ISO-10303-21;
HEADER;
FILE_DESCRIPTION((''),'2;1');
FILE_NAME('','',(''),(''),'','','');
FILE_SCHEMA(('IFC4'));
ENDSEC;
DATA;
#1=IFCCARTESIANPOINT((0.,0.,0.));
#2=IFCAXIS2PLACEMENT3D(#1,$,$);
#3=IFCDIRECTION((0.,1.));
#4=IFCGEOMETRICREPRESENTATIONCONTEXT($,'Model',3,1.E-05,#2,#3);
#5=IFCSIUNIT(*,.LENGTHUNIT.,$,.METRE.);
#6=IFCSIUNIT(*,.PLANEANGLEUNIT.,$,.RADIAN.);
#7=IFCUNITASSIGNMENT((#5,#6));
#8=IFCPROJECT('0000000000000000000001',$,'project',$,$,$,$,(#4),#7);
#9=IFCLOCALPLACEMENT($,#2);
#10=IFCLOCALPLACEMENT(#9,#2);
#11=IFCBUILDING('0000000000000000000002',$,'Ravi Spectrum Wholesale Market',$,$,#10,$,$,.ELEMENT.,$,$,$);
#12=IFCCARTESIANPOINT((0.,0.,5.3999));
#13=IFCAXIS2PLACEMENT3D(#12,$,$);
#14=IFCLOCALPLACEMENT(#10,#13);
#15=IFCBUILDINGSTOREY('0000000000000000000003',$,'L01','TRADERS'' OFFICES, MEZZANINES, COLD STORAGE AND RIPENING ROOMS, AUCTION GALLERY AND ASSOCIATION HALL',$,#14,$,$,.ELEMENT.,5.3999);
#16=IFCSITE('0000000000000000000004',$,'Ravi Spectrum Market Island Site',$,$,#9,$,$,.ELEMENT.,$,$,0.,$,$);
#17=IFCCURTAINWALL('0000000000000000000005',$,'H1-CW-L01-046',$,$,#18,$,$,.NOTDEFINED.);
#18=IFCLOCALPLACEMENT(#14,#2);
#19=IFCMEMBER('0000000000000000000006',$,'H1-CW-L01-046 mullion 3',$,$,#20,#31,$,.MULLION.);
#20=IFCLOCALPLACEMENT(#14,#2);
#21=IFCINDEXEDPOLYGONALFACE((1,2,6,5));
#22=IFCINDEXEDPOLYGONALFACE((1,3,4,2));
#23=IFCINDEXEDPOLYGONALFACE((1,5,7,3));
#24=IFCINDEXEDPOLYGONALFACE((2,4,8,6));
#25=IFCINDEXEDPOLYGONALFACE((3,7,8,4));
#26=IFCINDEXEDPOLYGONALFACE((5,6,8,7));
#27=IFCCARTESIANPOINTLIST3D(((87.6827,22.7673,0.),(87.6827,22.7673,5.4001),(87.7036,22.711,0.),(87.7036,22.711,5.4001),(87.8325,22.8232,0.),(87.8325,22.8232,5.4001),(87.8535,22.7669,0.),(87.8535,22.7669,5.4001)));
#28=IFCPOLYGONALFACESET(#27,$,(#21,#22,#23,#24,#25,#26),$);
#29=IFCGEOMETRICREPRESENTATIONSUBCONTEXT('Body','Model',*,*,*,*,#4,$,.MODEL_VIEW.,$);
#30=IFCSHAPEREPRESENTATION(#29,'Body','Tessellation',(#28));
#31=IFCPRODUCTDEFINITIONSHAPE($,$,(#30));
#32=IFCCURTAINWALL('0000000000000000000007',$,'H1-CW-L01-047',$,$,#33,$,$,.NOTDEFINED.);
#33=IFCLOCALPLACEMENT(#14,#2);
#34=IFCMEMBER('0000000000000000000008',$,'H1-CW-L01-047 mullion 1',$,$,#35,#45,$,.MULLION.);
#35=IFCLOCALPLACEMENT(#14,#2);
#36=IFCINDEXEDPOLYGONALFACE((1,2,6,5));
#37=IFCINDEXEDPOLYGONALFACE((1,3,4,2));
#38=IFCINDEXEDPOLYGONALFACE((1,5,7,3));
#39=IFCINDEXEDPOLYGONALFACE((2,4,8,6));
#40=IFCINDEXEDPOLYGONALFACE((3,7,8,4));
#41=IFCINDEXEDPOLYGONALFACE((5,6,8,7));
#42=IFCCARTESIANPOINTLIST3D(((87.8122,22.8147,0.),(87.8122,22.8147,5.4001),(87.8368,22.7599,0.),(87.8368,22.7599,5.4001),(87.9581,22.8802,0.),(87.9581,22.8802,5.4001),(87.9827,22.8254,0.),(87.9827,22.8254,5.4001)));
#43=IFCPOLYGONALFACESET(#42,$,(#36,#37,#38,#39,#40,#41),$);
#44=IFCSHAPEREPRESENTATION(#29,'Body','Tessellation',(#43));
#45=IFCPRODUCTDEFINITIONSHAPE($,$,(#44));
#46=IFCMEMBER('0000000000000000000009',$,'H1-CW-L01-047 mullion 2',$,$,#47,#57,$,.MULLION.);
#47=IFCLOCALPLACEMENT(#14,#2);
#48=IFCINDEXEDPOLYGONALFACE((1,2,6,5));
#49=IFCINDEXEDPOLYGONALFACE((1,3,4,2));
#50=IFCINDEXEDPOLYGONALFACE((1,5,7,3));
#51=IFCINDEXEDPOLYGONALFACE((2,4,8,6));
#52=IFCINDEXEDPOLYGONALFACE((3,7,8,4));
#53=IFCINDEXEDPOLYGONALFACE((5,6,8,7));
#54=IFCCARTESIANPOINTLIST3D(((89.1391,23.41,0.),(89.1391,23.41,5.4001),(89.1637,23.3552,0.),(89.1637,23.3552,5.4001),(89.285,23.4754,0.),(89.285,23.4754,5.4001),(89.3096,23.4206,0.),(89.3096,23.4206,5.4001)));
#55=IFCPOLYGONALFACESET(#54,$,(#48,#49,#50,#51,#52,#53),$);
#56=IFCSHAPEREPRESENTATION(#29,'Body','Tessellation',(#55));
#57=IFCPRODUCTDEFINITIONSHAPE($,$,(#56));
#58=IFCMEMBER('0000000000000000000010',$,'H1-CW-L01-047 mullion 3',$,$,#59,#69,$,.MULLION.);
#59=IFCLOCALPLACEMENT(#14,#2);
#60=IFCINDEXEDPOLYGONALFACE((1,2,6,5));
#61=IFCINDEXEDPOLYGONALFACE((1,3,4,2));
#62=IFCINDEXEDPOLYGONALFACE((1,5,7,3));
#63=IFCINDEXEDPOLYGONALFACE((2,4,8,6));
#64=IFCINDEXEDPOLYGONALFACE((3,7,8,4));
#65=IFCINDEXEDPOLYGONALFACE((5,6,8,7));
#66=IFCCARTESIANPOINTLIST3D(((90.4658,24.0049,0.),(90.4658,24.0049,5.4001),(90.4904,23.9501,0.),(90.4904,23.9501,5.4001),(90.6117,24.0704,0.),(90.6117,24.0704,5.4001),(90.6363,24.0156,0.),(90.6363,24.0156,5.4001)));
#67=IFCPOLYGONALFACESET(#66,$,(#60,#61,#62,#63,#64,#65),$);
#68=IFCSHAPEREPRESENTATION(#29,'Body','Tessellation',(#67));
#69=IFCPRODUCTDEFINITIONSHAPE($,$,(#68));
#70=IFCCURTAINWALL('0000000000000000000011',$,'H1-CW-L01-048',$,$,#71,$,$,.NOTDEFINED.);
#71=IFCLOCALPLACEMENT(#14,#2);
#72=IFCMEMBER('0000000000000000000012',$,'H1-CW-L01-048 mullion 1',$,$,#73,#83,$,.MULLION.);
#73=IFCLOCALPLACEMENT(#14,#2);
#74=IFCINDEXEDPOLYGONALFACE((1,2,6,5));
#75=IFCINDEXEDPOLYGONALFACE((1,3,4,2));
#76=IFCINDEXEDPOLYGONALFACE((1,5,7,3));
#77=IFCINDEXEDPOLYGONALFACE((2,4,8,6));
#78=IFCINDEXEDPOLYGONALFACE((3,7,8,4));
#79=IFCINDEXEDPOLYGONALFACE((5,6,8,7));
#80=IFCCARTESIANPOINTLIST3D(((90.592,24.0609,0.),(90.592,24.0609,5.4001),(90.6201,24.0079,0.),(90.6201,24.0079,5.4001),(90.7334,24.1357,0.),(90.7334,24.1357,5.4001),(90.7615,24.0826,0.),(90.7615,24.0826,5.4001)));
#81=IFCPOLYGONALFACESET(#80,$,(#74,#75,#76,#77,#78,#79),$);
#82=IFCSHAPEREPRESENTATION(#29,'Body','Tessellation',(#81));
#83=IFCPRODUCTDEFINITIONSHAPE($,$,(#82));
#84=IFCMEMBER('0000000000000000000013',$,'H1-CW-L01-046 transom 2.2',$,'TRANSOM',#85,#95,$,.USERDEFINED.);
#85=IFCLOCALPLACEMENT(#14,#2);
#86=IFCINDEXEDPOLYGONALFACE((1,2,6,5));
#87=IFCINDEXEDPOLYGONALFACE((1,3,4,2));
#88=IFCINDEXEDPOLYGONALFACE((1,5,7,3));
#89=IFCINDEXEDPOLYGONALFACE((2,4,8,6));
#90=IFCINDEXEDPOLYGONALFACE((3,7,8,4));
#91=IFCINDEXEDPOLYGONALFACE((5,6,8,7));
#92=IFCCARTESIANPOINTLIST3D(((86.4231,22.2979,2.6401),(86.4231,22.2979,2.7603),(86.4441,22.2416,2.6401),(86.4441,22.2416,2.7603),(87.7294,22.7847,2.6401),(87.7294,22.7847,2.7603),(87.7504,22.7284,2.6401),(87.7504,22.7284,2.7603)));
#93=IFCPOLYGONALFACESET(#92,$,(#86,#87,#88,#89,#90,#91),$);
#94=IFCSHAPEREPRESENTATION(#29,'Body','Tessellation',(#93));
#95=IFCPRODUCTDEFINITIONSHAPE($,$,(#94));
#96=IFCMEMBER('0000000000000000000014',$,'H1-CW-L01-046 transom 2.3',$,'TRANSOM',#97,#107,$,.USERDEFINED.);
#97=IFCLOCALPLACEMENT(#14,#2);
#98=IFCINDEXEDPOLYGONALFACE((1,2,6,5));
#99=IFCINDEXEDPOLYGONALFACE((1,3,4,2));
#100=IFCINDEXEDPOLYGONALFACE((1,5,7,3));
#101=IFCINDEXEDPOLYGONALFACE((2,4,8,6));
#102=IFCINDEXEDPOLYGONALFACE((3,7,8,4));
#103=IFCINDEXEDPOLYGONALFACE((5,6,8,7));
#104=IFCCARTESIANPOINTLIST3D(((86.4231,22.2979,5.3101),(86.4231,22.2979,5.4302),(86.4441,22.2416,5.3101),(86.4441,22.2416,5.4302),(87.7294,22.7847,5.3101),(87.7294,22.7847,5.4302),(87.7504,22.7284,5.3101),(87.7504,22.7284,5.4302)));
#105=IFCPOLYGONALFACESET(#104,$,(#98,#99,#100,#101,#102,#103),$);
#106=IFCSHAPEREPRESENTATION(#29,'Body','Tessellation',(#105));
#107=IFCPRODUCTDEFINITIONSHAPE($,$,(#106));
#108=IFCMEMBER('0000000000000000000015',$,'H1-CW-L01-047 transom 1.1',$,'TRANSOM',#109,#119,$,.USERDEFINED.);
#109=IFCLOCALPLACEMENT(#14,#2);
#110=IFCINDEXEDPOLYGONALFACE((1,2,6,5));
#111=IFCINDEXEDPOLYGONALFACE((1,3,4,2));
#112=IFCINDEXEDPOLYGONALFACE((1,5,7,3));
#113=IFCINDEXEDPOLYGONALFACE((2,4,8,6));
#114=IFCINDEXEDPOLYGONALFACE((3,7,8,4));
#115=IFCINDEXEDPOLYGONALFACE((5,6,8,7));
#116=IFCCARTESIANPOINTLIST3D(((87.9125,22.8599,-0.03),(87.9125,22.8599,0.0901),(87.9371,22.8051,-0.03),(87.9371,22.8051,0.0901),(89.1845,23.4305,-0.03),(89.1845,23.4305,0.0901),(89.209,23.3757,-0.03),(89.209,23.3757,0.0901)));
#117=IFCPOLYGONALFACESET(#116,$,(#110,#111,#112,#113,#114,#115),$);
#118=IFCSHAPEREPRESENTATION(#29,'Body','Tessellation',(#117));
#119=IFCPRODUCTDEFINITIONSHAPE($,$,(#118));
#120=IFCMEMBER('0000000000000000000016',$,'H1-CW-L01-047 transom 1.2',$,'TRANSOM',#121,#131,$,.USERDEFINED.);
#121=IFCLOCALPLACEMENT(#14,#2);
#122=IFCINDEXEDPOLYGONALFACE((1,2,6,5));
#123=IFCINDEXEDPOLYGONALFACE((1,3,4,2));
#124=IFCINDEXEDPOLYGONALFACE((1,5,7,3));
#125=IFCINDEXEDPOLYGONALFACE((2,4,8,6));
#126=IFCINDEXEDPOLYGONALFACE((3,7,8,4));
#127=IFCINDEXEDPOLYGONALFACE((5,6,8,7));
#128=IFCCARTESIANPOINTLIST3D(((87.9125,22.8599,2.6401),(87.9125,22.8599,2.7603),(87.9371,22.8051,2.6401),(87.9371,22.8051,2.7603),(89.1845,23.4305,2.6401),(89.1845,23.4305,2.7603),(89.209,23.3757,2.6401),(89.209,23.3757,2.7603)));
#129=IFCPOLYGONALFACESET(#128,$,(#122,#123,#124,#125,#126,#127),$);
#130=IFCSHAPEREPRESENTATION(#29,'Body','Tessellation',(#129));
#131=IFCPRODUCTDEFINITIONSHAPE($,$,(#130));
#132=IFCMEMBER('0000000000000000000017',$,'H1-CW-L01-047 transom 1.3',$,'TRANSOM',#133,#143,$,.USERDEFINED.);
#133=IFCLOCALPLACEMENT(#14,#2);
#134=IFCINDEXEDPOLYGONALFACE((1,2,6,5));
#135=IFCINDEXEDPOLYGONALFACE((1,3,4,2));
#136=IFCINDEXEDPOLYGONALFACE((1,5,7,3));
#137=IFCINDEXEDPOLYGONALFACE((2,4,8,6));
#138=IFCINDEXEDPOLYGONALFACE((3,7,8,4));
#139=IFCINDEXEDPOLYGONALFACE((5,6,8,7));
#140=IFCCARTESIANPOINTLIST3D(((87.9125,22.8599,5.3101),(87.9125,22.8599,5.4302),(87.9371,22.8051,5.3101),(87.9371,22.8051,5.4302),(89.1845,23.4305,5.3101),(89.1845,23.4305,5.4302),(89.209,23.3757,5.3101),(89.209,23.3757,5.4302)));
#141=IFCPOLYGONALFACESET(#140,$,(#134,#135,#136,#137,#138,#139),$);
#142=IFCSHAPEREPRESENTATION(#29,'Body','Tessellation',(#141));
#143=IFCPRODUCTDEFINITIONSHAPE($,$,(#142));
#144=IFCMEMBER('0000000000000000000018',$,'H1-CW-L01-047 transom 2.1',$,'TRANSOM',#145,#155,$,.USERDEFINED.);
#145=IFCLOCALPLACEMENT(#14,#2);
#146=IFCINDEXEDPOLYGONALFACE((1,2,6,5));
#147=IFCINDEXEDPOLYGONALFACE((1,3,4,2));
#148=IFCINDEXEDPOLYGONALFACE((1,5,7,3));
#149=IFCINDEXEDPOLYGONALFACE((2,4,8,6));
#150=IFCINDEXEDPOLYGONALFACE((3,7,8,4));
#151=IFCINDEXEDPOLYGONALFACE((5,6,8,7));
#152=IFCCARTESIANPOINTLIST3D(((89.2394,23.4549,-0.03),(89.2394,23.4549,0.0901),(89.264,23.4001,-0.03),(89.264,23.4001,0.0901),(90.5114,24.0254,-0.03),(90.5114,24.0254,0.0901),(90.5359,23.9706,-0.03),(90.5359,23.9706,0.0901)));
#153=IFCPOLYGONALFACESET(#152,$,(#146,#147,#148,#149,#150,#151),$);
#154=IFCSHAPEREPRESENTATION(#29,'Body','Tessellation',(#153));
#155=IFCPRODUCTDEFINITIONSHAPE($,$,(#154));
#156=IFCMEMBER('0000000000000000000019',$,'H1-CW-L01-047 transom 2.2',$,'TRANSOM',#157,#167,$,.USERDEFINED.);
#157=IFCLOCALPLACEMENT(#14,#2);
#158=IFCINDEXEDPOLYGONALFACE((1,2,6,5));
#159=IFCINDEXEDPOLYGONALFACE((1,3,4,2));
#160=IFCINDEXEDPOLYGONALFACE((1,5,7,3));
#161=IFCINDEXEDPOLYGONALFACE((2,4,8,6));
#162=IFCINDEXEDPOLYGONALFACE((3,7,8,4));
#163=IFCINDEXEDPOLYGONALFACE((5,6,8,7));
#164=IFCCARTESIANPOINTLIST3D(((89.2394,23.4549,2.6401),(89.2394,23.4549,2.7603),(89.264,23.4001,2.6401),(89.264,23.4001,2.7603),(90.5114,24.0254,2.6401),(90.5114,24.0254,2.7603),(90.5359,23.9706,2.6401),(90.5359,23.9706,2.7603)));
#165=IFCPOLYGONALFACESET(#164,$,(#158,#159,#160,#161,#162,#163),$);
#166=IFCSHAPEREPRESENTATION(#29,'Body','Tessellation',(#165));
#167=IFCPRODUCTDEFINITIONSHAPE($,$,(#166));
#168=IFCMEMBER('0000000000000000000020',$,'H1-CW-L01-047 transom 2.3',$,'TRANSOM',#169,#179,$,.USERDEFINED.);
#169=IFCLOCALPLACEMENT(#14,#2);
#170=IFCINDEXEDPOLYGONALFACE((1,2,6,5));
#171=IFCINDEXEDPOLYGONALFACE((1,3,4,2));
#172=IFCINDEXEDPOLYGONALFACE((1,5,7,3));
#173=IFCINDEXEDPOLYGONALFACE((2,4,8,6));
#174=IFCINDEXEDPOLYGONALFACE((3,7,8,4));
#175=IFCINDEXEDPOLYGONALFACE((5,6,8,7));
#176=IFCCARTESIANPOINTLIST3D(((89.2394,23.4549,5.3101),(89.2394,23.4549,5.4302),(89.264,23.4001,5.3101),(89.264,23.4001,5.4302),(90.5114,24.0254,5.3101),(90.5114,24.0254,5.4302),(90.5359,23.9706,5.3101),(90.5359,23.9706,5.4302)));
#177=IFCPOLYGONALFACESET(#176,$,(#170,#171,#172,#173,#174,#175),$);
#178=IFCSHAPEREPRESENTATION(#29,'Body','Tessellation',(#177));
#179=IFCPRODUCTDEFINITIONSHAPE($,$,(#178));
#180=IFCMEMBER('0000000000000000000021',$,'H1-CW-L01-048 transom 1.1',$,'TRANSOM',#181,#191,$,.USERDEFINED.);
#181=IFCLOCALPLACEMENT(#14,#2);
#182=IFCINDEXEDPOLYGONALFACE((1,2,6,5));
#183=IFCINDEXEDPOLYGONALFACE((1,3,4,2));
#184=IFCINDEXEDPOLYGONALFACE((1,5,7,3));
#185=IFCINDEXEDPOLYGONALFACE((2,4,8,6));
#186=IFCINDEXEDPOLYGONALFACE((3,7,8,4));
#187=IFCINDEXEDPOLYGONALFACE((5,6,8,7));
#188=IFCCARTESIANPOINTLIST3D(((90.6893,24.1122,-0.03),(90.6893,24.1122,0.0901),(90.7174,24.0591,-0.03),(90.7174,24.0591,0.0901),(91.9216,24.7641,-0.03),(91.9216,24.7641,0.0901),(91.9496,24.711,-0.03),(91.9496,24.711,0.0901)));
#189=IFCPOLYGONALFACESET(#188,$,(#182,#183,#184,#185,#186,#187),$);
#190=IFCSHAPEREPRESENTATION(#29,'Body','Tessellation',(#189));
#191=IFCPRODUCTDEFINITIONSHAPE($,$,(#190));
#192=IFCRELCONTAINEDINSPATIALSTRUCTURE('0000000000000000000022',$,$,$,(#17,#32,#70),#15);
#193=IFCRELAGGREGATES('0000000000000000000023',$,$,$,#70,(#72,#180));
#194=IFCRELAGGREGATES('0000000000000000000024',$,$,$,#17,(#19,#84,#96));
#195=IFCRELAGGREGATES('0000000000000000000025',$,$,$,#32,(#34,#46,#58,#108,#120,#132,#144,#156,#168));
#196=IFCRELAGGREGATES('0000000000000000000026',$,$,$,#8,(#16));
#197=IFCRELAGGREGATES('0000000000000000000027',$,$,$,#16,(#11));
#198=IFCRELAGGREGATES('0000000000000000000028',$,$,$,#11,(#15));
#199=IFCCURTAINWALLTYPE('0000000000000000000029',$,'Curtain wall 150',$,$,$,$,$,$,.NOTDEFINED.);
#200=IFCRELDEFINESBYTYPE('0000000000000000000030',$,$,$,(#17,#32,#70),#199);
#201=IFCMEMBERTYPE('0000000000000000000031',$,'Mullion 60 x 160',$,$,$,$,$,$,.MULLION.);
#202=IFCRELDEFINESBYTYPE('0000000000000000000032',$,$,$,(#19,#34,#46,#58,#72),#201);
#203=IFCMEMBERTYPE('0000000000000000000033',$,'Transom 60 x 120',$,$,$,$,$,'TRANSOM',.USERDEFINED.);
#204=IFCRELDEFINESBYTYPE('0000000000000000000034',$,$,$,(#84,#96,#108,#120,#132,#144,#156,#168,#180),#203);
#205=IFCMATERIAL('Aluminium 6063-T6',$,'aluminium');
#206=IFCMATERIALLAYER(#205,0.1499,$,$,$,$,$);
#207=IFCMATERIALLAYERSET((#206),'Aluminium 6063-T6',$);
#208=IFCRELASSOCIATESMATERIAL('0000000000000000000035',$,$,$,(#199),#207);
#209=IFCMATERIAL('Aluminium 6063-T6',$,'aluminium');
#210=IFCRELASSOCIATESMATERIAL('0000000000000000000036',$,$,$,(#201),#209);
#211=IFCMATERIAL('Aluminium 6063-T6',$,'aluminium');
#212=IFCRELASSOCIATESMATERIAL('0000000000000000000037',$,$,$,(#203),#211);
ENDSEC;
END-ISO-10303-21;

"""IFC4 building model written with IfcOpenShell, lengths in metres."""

from ifc_helpers import new_model, si_unit, direction, frame, origin, origin_2d, place, context, subcontext, project, spatial, rectangle, extrude, material, layer, layer_set, material_profile, profile_set, type_object, element, aggregate, save


model = new_model("IFC4")

# Units and contexts
model_context = context("Model", 3, precision=1e-05, world=origin(), true_north=direction((0.0, 1.0)))
body_context = subcontext(model_context, "Body", "Model", "MODEL_VIEW")
ifc_project = project(units=[si_unit("LENGTHUNIT", "METRE"), si_unit("PLANEANGLEUNIT", "RADIAN")], contexts=[model_context])

# Site, building, storey
site_placement = place(None, origin())
site = spatial("IfcSite", under=ifc_project, at=site_placement, Name="Ravi Spectrum Market Island Site", CompositionType="ELEMENT", RefElevation=0.0)
building_placement = place(site_placement, origin())
building = spatial("IfcBuilding", under=site, at=building_placement, Name="Ravi Spectrum Wholesale Market", CompositionType="ELEMENT")
storey_placement = place(building_placement, frame((0.0, 0.0, 5.3999)))
storey = spatial("IfcBuildingStorey", under=building, at=storey_placement, Name="L01", Description="TRADERS' OFFICES, MEZZANINES, COLD STORAGE AND RIPENING ROOMS, AUCTION GALLERY AND ASSOCIATION HALL", CompositionType="ELEMENT", Elevation=5.3999)

# Curtain wall, member
ifc_material_1 = material(Name="Aluminium 6063-T6", Category="aluminium")
ifc_layer_1 = layer(ifc_material_1, 0.1499)
ifc_layer_set_1 = layer_set([ifc_layer_1], Name="Aluminium 6063-T6")
curtain_wall_type = type_object("IfcCurtainWallType", Name="Curtain wall 150", PredefinedType="NOTDEFINED", material=ifc_layer_set_1)
curtain_wall_1_placement = place(storey_placement, origin())
curtain_wall_1 = element("IfcCurtainWall", 1, at=curtain_wall_1_placement, inside=storey, type_object=curtain_wall_type, Name="H1-CW-L01-046", PredefinedType="NOTDEFINED")
ifc_material_2 = material(Name="Aluminium 6063-T6", Category="aluminium")
ifc_material_profile_1 = material_profile(ifc_material_2, rectangle(XDim=0.0601, YDim=0.1599, at=origin_2d()))
ifc_profile_set_1 = profile_set([ifc_material_profile_1], Name="Aluminium 6063-T6")
member_type_1 = type_object("IfcMemberType", Name="Mullion 60 x 160", PredefinedType="MULLION", material=ifc_profile_set_1)
member_1_placement = place(storey_placement, frame((87.7681, 22.7671, 0.0), z_axis=(0.0, 0.0, 1.0), x_axis=(-0.349238, 0.937034, 0.0)))
member_1 = element("IfcMember", 2, at=member_1_placement, type_object=member_type_1, Name="H1-CW-L01-046 mullion 3", PredefinedType="MULLION", context=body_context, shape_type="SweptSolid", body=[
    extrude(rectangle(XDim=0.0601, YDim=0.1599, at=origin_2d()), origin(), (0.0, 0.0, 1.0), 5.4001),
])

# Curtain wall, members
curtain_wall_2_placement = place(storey_placement, origin())
curtain_wall_2 = element("IfcCurtainWall", 3, at=curtain_wall_2_placement, inside=storey, type_object=curtain_wall_type, Name="H1-CW-L01-047", PredefinedType="NOTDEFINED")
member_2_placement = place(storey_placement, frame((87.8975, 22.8201, 0.0), z_axis=(0.0, 0.0, 1.0), x_axis=(-0.409242, 0.912426, 0.0)))
member_2 = element("IfcMember", 4, at=member_2_placement, type_object=member_type_1, Name="H1-CW-L01-047 mullion 1", PredefinedType="MULLION", context=body_context, shape_type="SweptSolid", body=[
    extrude(rectangle(XDim=0.0601, YDim=0.1599, at=origin_2d()), origin(), (0.0, 0.0, 1.0), 5.4001),
])
member_3_placement = place(storey_placement, frame((89.2244, 23.4153, 0.0), z_axis=(0.0, 0.0, 1.0), x_axis=(-0.409242, 0.912426, 0.0)))
member_3 = element("IfcMember", 5, at=member_3_placement, type_object=member_type_1, Name="H1-CW-L01-047 mullion 2", PredefinedType="MULLION", context=body_context, shape_type="SweptSolid", body=[
    extrude(rectangle(XDim=0.0601, YDim=0.1599, at=origin_2d()), origin(), (0.0, 0.0, 1.0), 5.4001),
])
member_4_placement = place(storey_placement, frame((90.551, 24.0103, 0.0), z_axis=(0.0, 0.0, 1.0), x_axis=(-0.409242, 0.912426, 0.0)))
member_4 = element("IfcMember", 6, at=member_4_placement, type_object=member_type_1, Name="H1-CW-L01-047 mullion 3", PredefinedType="MULLION", context=body_context, shape_type="SweptSolid", body=[
    extrude(rectangle(XDim=0.0601, YDim=0.1599, at=origin_2d()), origin(), (0.0, 0.0, 1.0), 5.4001),
])

# Curtain wall, member
curtain_wall_3_placement = place(storey_placement, origin())
curtain_wall_3 = element("IfcCurtainWall", 7, at=curtain_wall_3_placement, inside=storey, type_object=curtain_wall_type, Name="H1-CW-L01-048", PredefinedType="NOTDEFINED")
member_5_placement = place(storey_placement, frame((90.6768, 24.0718, 0.0), z_axis=(0.0, 0.0, 1.0), x_axis=(-0.467524, 0.88398, 0.0)))
member_5 = element("IfcMember", 8, at=member_5_placement, type_object=member_type_1, Name="H1-CW-L01-048 mullion 1", PredefinedType="MULLION", context=body_context, shape_type="SweptSolid", body=[
    extrude(rectangle(XDim=0.0601, YDim=0.1599, at=origin_2d()), origin(), (0.0, 0.0, 1.0), 5.4001),
])

# Members
ifc_material_3 = material(Name="Aluminium 6063-T6", Category="aluminium")
ifc_material_profile_2 = material_profile(ifc_material_3, rectangle(XDim=0.0601, YDim=0.1201, at=origin_2d()))
ifc_profile_set_2 = profile_set([ifc_material_profile_2], Name="Aluminium 6063-T6")
member_type_2 = type_object("IfcMemberType", Name="Transom 60 x 120", ElementType="TRANSOM", PredefinedType="USERDEFINED", material=ifc_profile_set_2)
member_6_placement = place(storey_placement, frame((86.4336, 22.2698, 2.7002), z_axis=(0.937054, 0.349184, 0.0), x_axis=(-0.349184, 0.937054, 0.0)))
member_6 = element("IfcMember", 9, at=member_6_placement, type_object=member_type_2, Name="H1-CW-L01-046 transom 2.2", ObjectType="TRANSOM", PredefinedType="USERDEFINED", context=body_context, shape_type="SweptSolid", body=[
    extrude(rectangle(XDim=0.0601, YDim=0.1201, at=origin_2d()), origin(), (0.0, 0.0, 1.0), 1.394),
])
member_7_placement = place(storey_placement, frame((86.4336, 22.2698, 5.3701), z_axis=(0.937054, 0.349184, 0.0), x_axis=(-0.349184, 0.937054, 0.0)))
member_7 = element("IfcMember", 10, at=member_7_placement, type_object=member_type_2, Name="H1-CW-L01-046 transom 2.3", ObjectType="TRANSOM", PredefinedType="USERDEFINED", context=body_context, shape_type="SweptSolid", body=[
    extrude(rectangle(XDim=0.0601, YDim=0.1201, at=origin_2d()), origin(), (0.0, 0.0, 1.0), 1.394),
])
member_8_placement = place(storey_placement, frame((87.9248, 22.8325, 0.03), z_axis=(0.912412, 0.409272, 0.0), x_axis=(-0.409272, 0.912412, 0.0)))
member_8 = element("IfcMember", 11, at=member_8_placement, type_object=member_type_2, Name="H1-CW-L01-047 transom 1.1", ObjectType="TRANSOM", PredefinedType="USERDEFINED", context=body_context, shape_type="SweptSolid", body=[
    extrude(rectangle(XDim=0.0601, YDim=0.1201, at=origin_2d()), origin(), (0.0, 0.0, 1.0), 1.394),
])
member_9_placement = place(storey_placement, frame((87.9248, 22.8325, 2.7002), z_axis=(0.912412, 0.409272, 0.0), x_axis=(-0.409272, 0.912412, 0.0)))
member_9 = element("IfcMember", 12, at=member_9_placement, type_object=member_type_2, Name="H1-CW-L01-047 transom 1.2", ObjectType="TRANSOM", PredefinedType="USERDEFINED", context=body_context, shape_type="SweptSolid", body=[
    extrude(rectangle(XDim=0.0601, YDim=0.1201, at=origin_2d()), origin(), (0.0, 0.0, 1.0), 1.394),
])
member_10_placement = place(storey_placement, frame((87.9248, 22.8325, 5.3701), z_axis=(0.912412, 0.409272, 0.0), x_axis=(-0.409272, 0.912412, 0.0)))
member_10 = element("IfcMember", 13, at=member_10_placement, type_object=member_type_2, Name="H1-CW-L01-047 transom 1.3", ObjectType="TRANSOM", PredefinedType="USERDEFINED", context=body_context, shape_type="SweptSolid", body=[
    extrude(rectangle(XDim=0.0601, YDim=0.1201, at=origin_2d()), origin(), (0.0, 0.0, 1.0), 1.394),
])
member_11_placement = place(storey_placement, frame((89.2517, 23.4275, 0.03), z_axis=(0.912412, 0.409272, 0.0), x_axis=(-0.409272, 0.912412, 0.0)))
member_11 = element("IfcMember", 14, at=member_11_placement, type_object=member_type_2, Name="H1-CW-L01-047 transom 2.1", ObjectType="TRANSOM", PredefinedType="USERDEFINED", context=body_context, shape_type="SweptSolid", body=[
    extrude(rectangle(XDim=0.0601, YDim=0.1201, at=origin_2d()), origin(), (0.0, 0.0, 1.0), 1.394),
])
member_12_placement = place(storey_placement, frame((89.2517, 23.4275, 2.7002), z_axis=(0.912412, 0.409272, 0.0), x_axis=(-0.409272, 0.912412, 0.0)))
member_12 = element("IfcMember", 15, at=member_12_placement, type_object=member_type_2, Name="H1-CW-L01-047 transom 2.2", ObjectType="TRANSOM", PredefinedType="USERDEFINED", context=body_context, shape_type="SweptSolid", body=[
    extrude(rectangle(XDim=0.0601, YDim=0.1201, at=origin_2d()), origin(), (0.0, 0.0, 1.0), 1.394),
])
member_13_placement = place(storey_placement, frame((89.2517, 23.4275, 5.3701), z_axis=(0.912412, 0.409272, 0.0), x_axis=(-0.409272, 0.912412, 0.0)))
member_13 = element("IfcMember", 16, at=member_13_placement, type_object=member_type_2, Name="H1-CW-L01-047 transom 2.3", ObjectType="TRANSOM", PredefinedType="USERDEFINED", context=body_context, shape_type="SweptSolid", body=[
    extrude(rectangle(XDim=0.0601, YDim=0.1201, at=origin_2d()), origin(), (0.0, 0.0, 1.0), 1.394),
])
member_14_placement = place(storey_placement, frame((90.7034, 24.0857, 0.03), z_axis=(0.883928, 0.467622, 0.0), x_axis=(-0.467622, 0.883928, 0.0)))
member_14 = element("IfcMember", 17, at=member_14_placement, type_object=member_type_2, Name="H1-CW-L01-048 transom 1.1", ObjectType="TRANSOM", PredefinedType="USERDEFINED", context=body_context, shape_type="SweptSolid", body=[
    extrude(rectangle(XDim=0.0601, YDim=0.1201, at=origin_2d()), origin(), (0.0, 0.0, 1.0), 1.394),
])
aggregate(curtain_wall_3, [member_5, member_14])

aggregate(curtain_wall_1, [member_1, member_6, member_7])
aggregate(curtain_wall_2, [member_2, member_3, member_4, member_8, member_9, member_10, member_11, member_12, member_13])

save(model, "model.ifc")
